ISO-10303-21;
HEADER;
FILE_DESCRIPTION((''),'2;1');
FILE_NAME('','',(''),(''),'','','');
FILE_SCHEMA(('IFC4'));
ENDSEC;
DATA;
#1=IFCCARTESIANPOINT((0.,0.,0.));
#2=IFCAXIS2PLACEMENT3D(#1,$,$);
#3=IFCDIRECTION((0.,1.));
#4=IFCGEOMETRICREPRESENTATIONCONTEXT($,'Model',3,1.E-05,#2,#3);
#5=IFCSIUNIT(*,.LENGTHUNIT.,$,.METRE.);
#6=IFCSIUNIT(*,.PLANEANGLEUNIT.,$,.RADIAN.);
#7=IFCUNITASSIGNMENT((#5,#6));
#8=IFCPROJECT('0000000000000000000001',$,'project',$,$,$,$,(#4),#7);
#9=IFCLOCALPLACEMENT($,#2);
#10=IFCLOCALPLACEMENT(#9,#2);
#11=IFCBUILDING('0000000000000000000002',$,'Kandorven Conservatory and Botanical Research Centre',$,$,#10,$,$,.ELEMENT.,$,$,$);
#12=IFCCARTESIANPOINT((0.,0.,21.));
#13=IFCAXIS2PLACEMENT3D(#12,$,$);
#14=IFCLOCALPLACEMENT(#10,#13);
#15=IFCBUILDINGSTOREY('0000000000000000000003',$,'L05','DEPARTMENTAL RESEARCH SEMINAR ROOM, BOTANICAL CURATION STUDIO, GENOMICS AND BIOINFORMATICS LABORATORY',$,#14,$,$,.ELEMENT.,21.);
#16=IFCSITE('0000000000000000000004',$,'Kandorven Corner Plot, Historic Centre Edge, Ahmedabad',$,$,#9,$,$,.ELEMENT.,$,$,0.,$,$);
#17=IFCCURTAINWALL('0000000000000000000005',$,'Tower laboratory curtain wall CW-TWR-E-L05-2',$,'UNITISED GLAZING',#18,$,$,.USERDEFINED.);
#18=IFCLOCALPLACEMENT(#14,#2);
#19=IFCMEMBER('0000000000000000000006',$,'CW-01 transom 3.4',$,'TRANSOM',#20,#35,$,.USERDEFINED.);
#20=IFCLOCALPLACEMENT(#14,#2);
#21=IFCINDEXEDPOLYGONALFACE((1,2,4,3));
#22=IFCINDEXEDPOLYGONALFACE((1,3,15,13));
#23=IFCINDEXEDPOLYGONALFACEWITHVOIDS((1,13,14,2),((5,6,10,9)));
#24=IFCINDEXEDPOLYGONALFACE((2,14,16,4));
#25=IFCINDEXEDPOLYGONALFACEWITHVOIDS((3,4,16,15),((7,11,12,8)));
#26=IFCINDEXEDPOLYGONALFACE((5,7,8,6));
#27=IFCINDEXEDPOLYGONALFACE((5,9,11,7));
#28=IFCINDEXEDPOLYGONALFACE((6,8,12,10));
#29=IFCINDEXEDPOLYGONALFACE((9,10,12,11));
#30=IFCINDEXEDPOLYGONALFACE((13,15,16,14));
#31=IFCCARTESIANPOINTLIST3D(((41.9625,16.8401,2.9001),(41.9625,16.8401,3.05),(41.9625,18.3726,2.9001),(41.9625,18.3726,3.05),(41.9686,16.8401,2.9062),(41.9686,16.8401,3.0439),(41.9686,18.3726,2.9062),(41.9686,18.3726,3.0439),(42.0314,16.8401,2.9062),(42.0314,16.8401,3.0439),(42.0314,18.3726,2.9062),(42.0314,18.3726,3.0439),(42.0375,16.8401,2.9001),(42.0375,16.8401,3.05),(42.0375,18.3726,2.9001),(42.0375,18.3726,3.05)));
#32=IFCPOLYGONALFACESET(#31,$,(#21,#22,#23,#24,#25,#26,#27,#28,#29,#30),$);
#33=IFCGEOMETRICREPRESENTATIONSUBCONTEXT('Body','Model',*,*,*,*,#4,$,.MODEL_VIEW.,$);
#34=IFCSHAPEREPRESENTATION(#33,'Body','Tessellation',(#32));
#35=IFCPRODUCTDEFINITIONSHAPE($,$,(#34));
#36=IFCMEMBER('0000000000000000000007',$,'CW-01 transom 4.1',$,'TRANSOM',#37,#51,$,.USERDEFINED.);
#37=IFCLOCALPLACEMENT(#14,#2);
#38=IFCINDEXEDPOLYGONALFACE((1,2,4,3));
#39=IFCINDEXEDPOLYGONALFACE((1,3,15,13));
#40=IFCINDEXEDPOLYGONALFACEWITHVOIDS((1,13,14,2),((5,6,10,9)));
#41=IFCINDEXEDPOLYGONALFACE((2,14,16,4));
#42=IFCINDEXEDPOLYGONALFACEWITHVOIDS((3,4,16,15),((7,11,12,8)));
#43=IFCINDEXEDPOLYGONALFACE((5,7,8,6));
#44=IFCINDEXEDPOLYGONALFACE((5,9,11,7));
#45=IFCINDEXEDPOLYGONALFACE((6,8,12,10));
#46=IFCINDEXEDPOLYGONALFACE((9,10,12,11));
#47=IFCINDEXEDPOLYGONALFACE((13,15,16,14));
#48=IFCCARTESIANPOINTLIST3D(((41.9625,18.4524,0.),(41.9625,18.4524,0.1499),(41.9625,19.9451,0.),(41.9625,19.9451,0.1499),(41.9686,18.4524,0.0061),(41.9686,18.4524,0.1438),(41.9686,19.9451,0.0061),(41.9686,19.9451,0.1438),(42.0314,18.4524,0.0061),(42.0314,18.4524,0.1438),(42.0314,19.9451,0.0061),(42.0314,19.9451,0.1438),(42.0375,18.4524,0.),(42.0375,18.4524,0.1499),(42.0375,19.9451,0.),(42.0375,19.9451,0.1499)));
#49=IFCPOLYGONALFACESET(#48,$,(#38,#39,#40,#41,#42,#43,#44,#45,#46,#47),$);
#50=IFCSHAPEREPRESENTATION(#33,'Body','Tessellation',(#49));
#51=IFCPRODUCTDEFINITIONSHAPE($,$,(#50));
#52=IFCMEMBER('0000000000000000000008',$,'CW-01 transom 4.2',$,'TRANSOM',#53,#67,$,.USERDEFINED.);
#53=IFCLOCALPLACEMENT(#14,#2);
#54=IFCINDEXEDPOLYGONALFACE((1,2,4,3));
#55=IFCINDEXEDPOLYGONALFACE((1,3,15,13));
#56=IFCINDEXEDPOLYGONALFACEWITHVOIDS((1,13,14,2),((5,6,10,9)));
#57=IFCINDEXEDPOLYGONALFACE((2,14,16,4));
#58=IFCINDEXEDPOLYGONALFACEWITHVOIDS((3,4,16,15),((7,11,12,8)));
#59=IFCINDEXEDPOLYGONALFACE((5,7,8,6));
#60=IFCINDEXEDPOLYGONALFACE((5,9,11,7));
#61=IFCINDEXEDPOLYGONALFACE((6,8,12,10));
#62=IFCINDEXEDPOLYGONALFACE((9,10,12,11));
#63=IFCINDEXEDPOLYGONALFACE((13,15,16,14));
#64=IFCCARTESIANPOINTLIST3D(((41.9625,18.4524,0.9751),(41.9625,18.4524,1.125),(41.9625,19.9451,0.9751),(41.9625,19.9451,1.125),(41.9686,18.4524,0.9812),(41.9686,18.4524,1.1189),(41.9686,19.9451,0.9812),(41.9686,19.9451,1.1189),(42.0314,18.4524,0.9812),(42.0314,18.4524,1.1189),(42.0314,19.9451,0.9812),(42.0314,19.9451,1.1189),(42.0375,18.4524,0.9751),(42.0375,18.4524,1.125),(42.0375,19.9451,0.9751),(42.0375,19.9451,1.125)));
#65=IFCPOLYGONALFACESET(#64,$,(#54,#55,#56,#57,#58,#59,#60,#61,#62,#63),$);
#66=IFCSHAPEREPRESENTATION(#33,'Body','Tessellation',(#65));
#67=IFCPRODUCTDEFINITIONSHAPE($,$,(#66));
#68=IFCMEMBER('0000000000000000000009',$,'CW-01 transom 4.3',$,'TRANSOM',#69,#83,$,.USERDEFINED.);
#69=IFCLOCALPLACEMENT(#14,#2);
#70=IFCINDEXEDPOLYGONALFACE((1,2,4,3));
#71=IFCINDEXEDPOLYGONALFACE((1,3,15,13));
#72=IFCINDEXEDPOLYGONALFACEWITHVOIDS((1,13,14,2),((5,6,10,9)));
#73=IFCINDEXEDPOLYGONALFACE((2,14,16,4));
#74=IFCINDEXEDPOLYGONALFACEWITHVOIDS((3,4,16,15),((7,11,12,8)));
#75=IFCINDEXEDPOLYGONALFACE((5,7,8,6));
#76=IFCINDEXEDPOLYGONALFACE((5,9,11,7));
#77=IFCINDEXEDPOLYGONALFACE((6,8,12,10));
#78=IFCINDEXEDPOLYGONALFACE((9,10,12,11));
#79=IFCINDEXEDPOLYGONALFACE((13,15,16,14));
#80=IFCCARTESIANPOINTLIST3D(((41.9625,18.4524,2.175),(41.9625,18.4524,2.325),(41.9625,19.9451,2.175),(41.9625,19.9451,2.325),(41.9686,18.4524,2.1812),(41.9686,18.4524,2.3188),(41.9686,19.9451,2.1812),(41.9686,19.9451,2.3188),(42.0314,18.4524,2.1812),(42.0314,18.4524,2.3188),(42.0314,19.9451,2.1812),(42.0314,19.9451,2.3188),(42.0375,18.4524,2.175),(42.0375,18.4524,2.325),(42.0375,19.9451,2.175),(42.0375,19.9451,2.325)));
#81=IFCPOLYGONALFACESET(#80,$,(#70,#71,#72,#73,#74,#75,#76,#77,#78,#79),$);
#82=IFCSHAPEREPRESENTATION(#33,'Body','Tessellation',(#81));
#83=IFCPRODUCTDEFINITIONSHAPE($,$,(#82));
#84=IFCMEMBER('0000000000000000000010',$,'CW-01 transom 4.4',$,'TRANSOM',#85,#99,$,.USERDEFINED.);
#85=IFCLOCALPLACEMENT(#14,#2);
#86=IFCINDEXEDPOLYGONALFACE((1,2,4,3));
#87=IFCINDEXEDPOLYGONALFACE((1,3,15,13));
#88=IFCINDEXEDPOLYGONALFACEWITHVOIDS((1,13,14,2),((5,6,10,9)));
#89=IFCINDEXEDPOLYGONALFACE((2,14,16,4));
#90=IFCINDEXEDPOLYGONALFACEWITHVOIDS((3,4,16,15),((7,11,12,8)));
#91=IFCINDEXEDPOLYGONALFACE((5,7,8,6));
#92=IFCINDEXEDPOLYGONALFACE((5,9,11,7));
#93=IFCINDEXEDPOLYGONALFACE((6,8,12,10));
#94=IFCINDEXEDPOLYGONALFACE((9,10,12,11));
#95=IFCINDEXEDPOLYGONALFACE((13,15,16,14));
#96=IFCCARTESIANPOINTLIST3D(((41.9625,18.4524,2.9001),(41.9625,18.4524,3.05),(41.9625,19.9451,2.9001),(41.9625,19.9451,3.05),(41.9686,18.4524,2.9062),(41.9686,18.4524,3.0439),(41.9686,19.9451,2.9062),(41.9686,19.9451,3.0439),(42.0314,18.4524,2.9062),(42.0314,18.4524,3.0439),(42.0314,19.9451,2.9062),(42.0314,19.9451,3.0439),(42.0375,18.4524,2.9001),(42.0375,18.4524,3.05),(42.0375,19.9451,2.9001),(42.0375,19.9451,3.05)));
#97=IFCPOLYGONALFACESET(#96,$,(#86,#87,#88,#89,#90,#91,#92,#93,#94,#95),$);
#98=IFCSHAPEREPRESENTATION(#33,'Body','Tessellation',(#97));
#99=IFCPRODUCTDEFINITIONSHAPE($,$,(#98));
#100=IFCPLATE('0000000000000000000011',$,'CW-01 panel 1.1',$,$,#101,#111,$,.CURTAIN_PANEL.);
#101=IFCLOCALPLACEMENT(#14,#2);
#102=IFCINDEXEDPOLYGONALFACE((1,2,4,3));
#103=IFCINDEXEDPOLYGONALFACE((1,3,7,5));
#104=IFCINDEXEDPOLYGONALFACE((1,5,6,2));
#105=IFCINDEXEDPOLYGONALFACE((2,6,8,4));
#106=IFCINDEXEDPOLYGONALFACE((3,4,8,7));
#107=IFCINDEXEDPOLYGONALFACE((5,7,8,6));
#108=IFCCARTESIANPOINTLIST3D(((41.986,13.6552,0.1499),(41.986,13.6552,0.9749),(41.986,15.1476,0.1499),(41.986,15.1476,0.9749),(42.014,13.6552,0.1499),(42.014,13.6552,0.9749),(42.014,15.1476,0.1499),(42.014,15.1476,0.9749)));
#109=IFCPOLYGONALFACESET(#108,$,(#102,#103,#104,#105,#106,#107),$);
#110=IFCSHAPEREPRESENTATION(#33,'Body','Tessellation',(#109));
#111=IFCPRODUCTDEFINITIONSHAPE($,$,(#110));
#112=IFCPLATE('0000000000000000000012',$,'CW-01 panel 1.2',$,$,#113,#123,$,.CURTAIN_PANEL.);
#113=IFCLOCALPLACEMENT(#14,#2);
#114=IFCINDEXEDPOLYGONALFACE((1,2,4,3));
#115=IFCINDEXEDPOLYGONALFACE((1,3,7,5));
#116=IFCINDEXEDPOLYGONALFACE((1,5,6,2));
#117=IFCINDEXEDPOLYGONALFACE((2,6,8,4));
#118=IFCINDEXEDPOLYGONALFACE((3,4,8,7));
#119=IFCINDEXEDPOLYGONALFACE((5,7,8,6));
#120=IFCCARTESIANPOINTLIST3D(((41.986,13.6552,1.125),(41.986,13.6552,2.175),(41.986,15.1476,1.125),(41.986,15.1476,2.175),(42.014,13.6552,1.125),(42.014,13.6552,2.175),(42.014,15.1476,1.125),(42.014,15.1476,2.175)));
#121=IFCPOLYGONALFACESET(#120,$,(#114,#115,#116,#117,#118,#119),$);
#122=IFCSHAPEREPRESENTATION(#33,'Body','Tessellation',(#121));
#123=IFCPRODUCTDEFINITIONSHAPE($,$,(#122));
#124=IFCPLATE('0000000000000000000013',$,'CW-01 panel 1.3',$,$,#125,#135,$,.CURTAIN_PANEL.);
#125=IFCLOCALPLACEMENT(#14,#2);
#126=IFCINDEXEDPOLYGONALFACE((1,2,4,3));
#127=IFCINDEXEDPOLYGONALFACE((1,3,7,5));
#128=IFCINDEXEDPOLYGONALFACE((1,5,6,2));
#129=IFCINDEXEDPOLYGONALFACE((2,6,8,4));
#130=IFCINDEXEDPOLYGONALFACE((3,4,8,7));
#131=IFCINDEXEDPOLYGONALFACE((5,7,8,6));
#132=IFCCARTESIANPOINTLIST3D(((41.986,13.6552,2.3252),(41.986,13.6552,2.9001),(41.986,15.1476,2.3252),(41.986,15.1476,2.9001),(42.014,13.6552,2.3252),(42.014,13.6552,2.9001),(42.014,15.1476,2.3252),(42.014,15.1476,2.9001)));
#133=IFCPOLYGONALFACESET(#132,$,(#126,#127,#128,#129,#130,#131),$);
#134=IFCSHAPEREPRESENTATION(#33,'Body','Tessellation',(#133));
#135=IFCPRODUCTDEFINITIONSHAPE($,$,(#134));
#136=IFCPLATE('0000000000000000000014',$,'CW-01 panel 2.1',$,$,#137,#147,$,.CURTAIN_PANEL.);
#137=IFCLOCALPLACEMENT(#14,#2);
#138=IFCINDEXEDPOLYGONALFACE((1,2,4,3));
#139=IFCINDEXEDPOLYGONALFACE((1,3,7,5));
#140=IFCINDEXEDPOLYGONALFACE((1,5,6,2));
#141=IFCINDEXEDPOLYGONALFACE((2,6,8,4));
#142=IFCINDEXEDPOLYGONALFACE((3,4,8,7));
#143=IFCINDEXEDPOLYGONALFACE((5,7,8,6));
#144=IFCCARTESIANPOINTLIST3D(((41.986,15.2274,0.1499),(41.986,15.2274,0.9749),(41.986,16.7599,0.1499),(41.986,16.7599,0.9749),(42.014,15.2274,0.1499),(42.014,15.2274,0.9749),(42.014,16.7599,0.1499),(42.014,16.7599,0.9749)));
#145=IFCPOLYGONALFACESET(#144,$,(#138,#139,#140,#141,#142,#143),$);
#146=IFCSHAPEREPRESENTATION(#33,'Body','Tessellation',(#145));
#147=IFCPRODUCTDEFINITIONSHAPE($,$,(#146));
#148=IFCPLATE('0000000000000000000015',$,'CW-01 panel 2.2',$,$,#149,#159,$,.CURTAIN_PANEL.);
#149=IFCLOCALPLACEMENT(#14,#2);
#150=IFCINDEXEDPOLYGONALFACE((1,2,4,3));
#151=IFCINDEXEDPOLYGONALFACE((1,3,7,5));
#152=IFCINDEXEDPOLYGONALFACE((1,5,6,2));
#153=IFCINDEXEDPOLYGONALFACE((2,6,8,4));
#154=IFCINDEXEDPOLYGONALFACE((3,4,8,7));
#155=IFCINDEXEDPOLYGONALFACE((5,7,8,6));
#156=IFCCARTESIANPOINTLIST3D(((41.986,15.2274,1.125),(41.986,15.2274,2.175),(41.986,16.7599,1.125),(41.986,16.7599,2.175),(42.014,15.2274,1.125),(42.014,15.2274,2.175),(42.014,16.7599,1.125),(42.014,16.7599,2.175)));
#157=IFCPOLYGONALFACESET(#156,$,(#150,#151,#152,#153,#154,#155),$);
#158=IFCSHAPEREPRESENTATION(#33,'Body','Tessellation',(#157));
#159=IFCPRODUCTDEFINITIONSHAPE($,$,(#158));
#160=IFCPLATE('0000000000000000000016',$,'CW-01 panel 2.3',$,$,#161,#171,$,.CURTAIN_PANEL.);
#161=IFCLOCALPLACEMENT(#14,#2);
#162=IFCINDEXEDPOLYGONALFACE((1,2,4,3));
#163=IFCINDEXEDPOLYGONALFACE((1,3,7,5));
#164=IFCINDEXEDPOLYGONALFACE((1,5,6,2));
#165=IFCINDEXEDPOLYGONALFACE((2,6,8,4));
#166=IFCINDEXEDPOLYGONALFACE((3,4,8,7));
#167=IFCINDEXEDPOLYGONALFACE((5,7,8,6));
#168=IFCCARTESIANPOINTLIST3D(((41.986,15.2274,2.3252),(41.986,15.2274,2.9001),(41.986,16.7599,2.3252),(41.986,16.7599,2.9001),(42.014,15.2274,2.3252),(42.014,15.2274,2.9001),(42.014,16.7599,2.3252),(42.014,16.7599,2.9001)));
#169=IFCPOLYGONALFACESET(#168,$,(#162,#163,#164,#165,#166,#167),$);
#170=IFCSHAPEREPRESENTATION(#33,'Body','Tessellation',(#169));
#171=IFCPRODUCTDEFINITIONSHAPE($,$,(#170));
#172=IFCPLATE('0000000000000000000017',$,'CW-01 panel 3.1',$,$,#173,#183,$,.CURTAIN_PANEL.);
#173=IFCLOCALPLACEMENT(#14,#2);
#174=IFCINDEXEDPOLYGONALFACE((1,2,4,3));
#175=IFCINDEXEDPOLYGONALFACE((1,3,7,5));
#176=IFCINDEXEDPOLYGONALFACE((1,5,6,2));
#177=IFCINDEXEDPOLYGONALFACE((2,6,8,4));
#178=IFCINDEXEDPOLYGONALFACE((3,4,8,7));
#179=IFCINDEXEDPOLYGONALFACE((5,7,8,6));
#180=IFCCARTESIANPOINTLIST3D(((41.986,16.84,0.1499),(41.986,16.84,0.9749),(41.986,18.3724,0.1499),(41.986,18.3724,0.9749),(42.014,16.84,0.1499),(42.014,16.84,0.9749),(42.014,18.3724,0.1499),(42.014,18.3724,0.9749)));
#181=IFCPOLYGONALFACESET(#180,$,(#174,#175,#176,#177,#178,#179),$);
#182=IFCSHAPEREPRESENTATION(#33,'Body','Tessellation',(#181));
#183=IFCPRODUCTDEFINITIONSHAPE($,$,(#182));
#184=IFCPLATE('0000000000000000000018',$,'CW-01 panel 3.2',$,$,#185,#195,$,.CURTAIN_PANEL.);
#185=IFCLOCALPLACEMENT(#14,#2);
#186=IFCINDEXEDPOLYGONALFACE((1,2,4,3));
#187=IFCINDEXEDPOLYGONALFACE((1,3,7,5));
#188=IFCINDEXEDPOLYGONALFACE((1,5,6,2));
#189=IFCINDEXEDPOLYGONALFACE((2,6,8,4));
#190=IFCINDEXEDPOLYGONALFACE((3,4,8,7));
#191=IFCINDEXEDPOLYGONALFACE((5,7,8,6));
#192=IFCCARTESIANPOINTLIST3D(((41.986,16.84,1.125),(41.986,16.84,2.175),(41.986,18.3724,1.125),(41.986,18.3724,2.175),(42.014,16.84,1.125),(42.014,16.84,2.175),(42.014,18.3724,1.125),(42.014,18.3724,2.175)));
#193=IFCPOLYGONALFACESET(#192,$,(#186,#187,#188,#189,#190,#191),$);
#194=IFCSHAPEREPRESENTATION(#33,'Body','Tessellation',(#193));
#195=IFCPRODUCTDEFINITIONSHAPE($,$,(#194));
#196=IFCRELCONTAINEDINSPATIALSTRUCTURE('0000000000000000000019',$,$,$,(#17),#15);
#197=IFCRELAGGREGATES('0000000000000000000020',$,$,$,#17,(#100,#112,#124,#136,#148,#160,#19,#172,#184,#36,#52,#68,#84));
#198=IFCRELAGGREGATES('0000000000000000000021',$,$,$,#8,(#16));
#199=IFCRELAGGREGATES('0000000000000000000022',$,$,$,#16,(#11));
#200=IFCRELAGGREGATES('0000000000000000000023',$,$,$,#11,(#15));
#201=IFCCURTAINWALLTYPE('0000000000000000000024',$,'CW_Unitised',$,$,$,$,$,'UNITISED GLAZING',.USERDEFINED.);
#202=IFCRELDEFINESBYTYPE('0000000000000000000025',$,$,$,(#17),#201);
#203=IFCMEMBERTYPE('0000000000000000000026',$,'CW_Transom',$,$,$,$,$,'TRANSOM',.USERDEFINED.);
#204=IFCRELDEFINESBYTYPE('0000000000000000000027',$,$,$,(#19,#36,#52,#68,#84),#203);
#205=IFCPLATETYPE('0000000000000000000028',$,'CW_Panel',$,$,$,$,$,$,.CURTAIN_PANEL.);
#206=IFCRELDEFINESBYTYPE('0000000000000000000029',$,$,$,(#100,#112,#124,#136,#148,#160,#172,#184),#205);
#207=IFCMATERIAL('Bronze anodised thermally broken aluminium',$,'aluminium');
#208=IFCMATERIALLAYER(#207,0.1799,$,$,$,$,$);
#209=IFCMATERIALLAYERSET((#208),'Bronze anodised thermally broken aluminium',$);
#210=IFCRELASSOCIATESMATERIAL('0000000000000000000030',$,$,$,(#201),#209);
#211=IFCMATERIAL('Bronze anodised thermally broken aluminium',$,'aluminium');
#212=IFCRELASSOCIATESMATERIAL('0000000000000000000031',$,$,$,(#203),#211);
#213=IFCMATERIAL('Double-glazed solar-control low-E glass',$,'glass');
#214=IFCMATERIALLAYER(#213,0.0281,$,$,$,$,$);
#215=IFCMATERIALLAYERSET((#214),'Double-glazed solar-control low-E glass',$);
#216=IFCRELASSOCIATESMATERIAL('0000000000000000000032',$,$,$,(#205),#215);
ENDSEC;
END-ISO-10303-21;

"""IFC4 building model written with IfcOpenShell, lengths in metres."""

from ifc_helpers import new_model, si_unit, direction, frame, origin, origin_2d, place, context, subcontext, project, spatial, rectangle, hollow_rectangle, extrude, material, layer, layer_set, material_profile, profile_set, type_object, element, aggregate, save


model = new_model("IFC4")

# Units and contexts
model_context = context("Model", 3, precision=1e-05, world=origin(), true_north=direction((0.0, 1.0)))
body_context = subcontext(model_context, "Body", "Model", "MODEL_VIEW")
ifc_project = project(units=[si_unit("LENGTHUNIT", "METRE"), si_unit("PLANEANGLEUNIT", "RADIAN")], contexts=[model_context])

# Site, building, storey
site_placement = place(None, origin())
site = spatial("IfcSite", under=ifc_project, at=site_placement, Name="Kandorven Corner Plot, Historic Centre Edge, Ahmedabad", CompositionType="ELEMENT", RefElevation=0.0)
building_placement = place(site_placement, origin())
building = spatial("IfcBuilding", under=site, at=building_placement, Name="Kandorven Conservatory and Botanical Research Centre", CompositionType="ELEMENT")
storey_placement = place(building_placement, frame((0.0, 0.0, 21.0)))
storey = spatial("IfcBuildingStorey", under=building, at=storey_placement, Name="L05", Description="DEPARTMENTAL RESEARCH SEMINAR ROOM, BOTANICAL CURATION STUDIO, GENOMICS AND BIOINFORMATICS LABORATORY", CompositionType="ELEMENT", Elevation=21.0)

# Curtain wall, members, plates
ifc_material_1 = material(Name="Bronze anodised thermally broken aluminium", Category="aluminium")
ifc_layer_1 = layer(ifc_material_1, 0.1799)
ifc_layer_set_1 = layer_set([ifc_layer_1], Name="Bronze anodised thermally broken aluminium")
curtain_wall_type = type_object("IfcCurtainWallType", Name="CW_Unitised", ElementType="UNITISED GLAZING", PredefinedType="USERDEFINED", material=ifc_layer_set_1)
curtain_wall_placement = place(storey_placement, origin())
curtain_wall = element("IfcCurtainWall", 1, at=curtain_wall_placement, inside=storey, type_object=curtain_wall_type, Name="Tower laboratory curtain wall CW-TWR-E-L05-2", ObjectType="UNITISED GLAZING", PredefinedType="USERDEFINED")
ifc_material_2 = material(Name="Bronze anodised thermally broken aluminium", Category="aluminium")
ifc_material_profile_1 = material_profile(ifc_material_2, hollow_rectangle(XDim=0.075, YDim=0.1499, WallThickness=0.0061, at=origin_2d()))
ifc_profile_set_1 = profile_set([ifc_material_profile_1], Name="Bronze anodised thermally broken aluminium")
member_type_1 = type_object("IfcMemberType", Name="CW_Transom", ElementType="TRANSOM", PredefinedType="USERDEFINED", material=ifc_profile_set_1)
member_1_placement = place(storey_placement, frame((42.0, 16.8401, 2.9751), z_axis=(0.0, 1.0, 0.0), x_axis=(-1.0, 0.0, 0.0)))
member_1 = element("IfcMember", 2, at=member_1_placement, type_object=member_type_1, Name="CW-01 transom 3.4", ObjectType="TRANSOM", PredefinedType="USERDEFINED", context=body_context, shape_type="SweptSolid", body=[
    extrude(hollow_rectangle(XDim=0.075, YDim=0.1499, WallThickness=0.0061, at=origin_2d()), origin(), (0.0, 0.0, 1.0), 1.5325),
])
member_2_placement = place(storey_placement, frame((42.0, 18.4524, 0.075), z_axis=(0.0, 1.0, 0.0), x_axis=(-1.0, 0.0, 0.0)))
member_2 = element("IfcMember", 3, at=member_2_placement, type_object=member_type_1, Name="CW-01 transom 4.1", ObjectType="TRANSOM", PredefinedType="USERDEFINED", context=body_context, shape_type="SweptSolid", body=[
    extrude(hollow_rectangle(XDim=0.075, YDim=0.1499, WallThickness=0.0061, at=origin_2d()), origin(), (0.0, 0.0, 1.0), 1.4927),
])
member_3_placement = place(storey_placement, frame((42.0, 18.4524, 1.05), z_axis=(0.0, 1.0, 0.0), x_axis=(-1.0, 0.0, 0.0)))
member_3 = element("IfcMember", 4, at=member_3_placement, type_object=member_type_1, Name="CW-01 transom 4.2", ObjectType="TRANSOM", PredefinedType="USERDEFINED", context=body_context, shape_type="SweptSolid", body=[
    extrude(hollow_rectangle(XDim=0.075, YDim=0.1499, WallThickness=0.0061, at=origin_2d()), origin(), (0.0, 0.0, 1.0), 1.4927),
])
member_4_placement = place(storey_placement, frame((42.0, 18.4524, 2.25), z_axis=(0.0, 1.0, 0.0), x_axis=(-1.0, 0.0, 0.0)))
member_4 = element("IfcMember", 5, at=member_4_placement, type_object=member_type_1, Name="CW-01 transom 4.3", ObjectType="TRANSOM", PredefinedType="USERDEFINED", context=body_context, shape_type="SweptSolid", body=[
    extrude(hollow_rectangle(XDim=0.075, YDim=0.1499, WallThickness=0.0061, at=origin_2d()), origin(), (0.0, 0.0, 1.0), 1.4927),
])
member_5_placement = place(storey_placement, frame((42.0, 18.4524, 2.9751), z_axis=(0.0, 1.0, 0.0), x_axis=(-1.0, 0.0, 0.0)))
member_5 = element("IfcMember", 6, at=member_5_placement, type_object=member_type_1, Name="CW-01 transom 4.4", ObjectType="TRANSOM", PredefinedType="USERDEFINED", context=body_context, shape_type="SweptSolid", body=[
    extrude(hollow_rectangle(XDim=0.075, YDim=0.1499, WallThickness=0.0061, at=origin_2d()), origin(), (0.0, 0.0, 1.0), 1.4927),
])
ifc_material_3 = material(Name="Double-glazed solar-control low-E glass", Category="glass")
ifc_layer_2 = layer(ifc_material_3, 0.0281)
ifc_layer_set_2 = layer_set([ifc_layer_2], Name="Double-glazed solar-control low-E glass")
plate_type_1 = type_object("IfcPlateType", Name="CW_Panel", PredefinedType="CURTAIN_PANEL", material=ifc_layer_set_2)
plate_1_placement = place(storey_placement, frame((42.0, 14.4014, 0.1499), z_axis=(0.0, 0.0, 1.0), x_axis=(0.0, 1.0, 0.0)))
plate_1 = element("IfcPlate", 7, at=plate_1_placement, type_object=plate_type_1, Name="CW-01 panel 1.1", PredefinedType="CURTAIN_PANEL", context=body_context, shape_type="SweptSolid", body=[
    extrude(rectangle(XDim=1.4924, YDim=0.0281, at=origin_2d()), origin(), (0.0, 0.0, 1.0), 0.825),
])
plate_2_placement = place(storey_placement, frame((42.0, 14.4014, 1.125), z_axis=(0.0, 0.0, 1.0), x_axis=(0.0, 1.0, 0.0)))
plate_2 = element("IfcPlate", 8, at=plate_2_placement, type_object=plate_type_1, Name="CW-01 panel 1.2", PredefinedType="CURTAIN_PANEL", context=body_context, shape_type="SweptSolid", body=[
    extrude(rectangle(XDim=1.4924, YDim=0.0281, at=origin_2d()), origin(), (0.0, 0.0, 1.0), 1.05),
])
plate_3_placement = place(storey_placement, frame((42.0, 14.4014, 2.3252), z_axis=(0.0, 0.0, 1.0), x_axis=(0.0, 1.0, 0.0)))
plate_3 = element("IfcPlate", 9, at=plate_3_placement, type_object=plate_type_1, Name="CW-01 panel 1.3", PredefinedType="CURTAIN_PANEL", context=body_context, shape_type="SweptSolid", body=[
    extrude(rectangle(XDim=1.4924, YDim=0.0281, at=origin_2d()), origin(), (0.0, 0.0, 1.0), 0.575),
])
plate_4_placement = place(storey_placement, frame((42.0, 15.9937, 0.1499), z_axis=(0.0, 0.0, 1.0), x_axis=(0.0, 1.0, 0.0)))
plate_4 = element("IfcPlate", 10, at=plate_4_placement, type_object=plate_type_1, Name="CW-01 panel 2.1", PredefinedType="CURTAIN_PANEL", context=body_context, shape_type="SweptSolid", body=[
    extrude(rectangle(XDim=1.5325, YDim=0.0281, at=origin_2d()), origin(), (0.0, 0.0, 1.0), 0.825),
])
plate_5_placement = place(storey_placement, frame((42.0, 15.9937, 1.125), z_axis=(0.0, 0.0, 1.0), x_axis=(0.0, 1.0, 0.0)))
plate_5 = element("IfcPlate", 11, at=plate_5_placement, type_object=plate_type_1, Name="CW-01 panel 2.2", PredefinedType="CURTAIN_PANEL", context=body_context, shape_type="SweptSolid", body=[
    extrude(rectangle(XDim=1.5325, YDim=0.0281, at=origin_2d()), origin(), (0.0, 0.0, 1.0), 1.05),
])
plate_6_placement = place(storey_placement, frame((42.0, 15.9937, 2.3252), z_axis=(0.0, 0.0, 1.0), x_axis=(0.0, 1.0, 0.0)))
plate_6 = element("IfcPlate", 12, at=plate_6_placement, type_object=plate_type_1, Name="CW-01 panel 2.3", PredefinedType="CURTAIN_PANEL", context=body_context, shape_type="SweptSolid", body=[
    extrude(rectangle(XDim=1.5325, YDim=0.0281, at=origin_2d()), origin(), (0.0, 0.0, 1.0), 0.575),
])
plate_7_placement = place(storey_placement, frame((42.0, 17.6062, 0.1499), z_axis=(0.0, 0.0, 1.0), x_axis=(0.0, 1.0, 0.0)))
plate_7 = element("IfcPlate", 13, at=plate_7_placement, type_object=plate_type_1, Name="CW-01 panel 3.1", PredefinedType="CURTAIN_PANEL", context=body_context, shape_type="SweptSolid", body=[
    extrude(rectangle(XDim=1.5325, YDim=0.0281, at=origin_2d()), origin(), (0.0, 0.0, 1.0), 0.825),
])
plate_8_placement = place(storey_placement, frame((42.0, 17.6062, 1.125), z_axis=(0.0, 0.0, 1.0), x_axis=(0.0, 1.0, 0.0)))
plate_8 = element("IfcPlate", 14, at=plate_8_placement, type_object=plate_type_1, Name="CW-01 panel 3.2", PredefinedType="CURTAIN_PANEL", context=body_context, shape_type="SweptSolid", body=[
    extrude(rectangle(XDim=1.5325, YDim=0.0281, at=origin_2d()), origin(), (0.0, 0.0, 1.0), 1.05),
])
aggregate(curtain_wall, [plate_1, plate_2, plate_3, plate_4, plate_5, plate_6, member_1, plate_7, plate_8, member_2, member_3, member_4, member_5])

save(model, "model.ifc")
